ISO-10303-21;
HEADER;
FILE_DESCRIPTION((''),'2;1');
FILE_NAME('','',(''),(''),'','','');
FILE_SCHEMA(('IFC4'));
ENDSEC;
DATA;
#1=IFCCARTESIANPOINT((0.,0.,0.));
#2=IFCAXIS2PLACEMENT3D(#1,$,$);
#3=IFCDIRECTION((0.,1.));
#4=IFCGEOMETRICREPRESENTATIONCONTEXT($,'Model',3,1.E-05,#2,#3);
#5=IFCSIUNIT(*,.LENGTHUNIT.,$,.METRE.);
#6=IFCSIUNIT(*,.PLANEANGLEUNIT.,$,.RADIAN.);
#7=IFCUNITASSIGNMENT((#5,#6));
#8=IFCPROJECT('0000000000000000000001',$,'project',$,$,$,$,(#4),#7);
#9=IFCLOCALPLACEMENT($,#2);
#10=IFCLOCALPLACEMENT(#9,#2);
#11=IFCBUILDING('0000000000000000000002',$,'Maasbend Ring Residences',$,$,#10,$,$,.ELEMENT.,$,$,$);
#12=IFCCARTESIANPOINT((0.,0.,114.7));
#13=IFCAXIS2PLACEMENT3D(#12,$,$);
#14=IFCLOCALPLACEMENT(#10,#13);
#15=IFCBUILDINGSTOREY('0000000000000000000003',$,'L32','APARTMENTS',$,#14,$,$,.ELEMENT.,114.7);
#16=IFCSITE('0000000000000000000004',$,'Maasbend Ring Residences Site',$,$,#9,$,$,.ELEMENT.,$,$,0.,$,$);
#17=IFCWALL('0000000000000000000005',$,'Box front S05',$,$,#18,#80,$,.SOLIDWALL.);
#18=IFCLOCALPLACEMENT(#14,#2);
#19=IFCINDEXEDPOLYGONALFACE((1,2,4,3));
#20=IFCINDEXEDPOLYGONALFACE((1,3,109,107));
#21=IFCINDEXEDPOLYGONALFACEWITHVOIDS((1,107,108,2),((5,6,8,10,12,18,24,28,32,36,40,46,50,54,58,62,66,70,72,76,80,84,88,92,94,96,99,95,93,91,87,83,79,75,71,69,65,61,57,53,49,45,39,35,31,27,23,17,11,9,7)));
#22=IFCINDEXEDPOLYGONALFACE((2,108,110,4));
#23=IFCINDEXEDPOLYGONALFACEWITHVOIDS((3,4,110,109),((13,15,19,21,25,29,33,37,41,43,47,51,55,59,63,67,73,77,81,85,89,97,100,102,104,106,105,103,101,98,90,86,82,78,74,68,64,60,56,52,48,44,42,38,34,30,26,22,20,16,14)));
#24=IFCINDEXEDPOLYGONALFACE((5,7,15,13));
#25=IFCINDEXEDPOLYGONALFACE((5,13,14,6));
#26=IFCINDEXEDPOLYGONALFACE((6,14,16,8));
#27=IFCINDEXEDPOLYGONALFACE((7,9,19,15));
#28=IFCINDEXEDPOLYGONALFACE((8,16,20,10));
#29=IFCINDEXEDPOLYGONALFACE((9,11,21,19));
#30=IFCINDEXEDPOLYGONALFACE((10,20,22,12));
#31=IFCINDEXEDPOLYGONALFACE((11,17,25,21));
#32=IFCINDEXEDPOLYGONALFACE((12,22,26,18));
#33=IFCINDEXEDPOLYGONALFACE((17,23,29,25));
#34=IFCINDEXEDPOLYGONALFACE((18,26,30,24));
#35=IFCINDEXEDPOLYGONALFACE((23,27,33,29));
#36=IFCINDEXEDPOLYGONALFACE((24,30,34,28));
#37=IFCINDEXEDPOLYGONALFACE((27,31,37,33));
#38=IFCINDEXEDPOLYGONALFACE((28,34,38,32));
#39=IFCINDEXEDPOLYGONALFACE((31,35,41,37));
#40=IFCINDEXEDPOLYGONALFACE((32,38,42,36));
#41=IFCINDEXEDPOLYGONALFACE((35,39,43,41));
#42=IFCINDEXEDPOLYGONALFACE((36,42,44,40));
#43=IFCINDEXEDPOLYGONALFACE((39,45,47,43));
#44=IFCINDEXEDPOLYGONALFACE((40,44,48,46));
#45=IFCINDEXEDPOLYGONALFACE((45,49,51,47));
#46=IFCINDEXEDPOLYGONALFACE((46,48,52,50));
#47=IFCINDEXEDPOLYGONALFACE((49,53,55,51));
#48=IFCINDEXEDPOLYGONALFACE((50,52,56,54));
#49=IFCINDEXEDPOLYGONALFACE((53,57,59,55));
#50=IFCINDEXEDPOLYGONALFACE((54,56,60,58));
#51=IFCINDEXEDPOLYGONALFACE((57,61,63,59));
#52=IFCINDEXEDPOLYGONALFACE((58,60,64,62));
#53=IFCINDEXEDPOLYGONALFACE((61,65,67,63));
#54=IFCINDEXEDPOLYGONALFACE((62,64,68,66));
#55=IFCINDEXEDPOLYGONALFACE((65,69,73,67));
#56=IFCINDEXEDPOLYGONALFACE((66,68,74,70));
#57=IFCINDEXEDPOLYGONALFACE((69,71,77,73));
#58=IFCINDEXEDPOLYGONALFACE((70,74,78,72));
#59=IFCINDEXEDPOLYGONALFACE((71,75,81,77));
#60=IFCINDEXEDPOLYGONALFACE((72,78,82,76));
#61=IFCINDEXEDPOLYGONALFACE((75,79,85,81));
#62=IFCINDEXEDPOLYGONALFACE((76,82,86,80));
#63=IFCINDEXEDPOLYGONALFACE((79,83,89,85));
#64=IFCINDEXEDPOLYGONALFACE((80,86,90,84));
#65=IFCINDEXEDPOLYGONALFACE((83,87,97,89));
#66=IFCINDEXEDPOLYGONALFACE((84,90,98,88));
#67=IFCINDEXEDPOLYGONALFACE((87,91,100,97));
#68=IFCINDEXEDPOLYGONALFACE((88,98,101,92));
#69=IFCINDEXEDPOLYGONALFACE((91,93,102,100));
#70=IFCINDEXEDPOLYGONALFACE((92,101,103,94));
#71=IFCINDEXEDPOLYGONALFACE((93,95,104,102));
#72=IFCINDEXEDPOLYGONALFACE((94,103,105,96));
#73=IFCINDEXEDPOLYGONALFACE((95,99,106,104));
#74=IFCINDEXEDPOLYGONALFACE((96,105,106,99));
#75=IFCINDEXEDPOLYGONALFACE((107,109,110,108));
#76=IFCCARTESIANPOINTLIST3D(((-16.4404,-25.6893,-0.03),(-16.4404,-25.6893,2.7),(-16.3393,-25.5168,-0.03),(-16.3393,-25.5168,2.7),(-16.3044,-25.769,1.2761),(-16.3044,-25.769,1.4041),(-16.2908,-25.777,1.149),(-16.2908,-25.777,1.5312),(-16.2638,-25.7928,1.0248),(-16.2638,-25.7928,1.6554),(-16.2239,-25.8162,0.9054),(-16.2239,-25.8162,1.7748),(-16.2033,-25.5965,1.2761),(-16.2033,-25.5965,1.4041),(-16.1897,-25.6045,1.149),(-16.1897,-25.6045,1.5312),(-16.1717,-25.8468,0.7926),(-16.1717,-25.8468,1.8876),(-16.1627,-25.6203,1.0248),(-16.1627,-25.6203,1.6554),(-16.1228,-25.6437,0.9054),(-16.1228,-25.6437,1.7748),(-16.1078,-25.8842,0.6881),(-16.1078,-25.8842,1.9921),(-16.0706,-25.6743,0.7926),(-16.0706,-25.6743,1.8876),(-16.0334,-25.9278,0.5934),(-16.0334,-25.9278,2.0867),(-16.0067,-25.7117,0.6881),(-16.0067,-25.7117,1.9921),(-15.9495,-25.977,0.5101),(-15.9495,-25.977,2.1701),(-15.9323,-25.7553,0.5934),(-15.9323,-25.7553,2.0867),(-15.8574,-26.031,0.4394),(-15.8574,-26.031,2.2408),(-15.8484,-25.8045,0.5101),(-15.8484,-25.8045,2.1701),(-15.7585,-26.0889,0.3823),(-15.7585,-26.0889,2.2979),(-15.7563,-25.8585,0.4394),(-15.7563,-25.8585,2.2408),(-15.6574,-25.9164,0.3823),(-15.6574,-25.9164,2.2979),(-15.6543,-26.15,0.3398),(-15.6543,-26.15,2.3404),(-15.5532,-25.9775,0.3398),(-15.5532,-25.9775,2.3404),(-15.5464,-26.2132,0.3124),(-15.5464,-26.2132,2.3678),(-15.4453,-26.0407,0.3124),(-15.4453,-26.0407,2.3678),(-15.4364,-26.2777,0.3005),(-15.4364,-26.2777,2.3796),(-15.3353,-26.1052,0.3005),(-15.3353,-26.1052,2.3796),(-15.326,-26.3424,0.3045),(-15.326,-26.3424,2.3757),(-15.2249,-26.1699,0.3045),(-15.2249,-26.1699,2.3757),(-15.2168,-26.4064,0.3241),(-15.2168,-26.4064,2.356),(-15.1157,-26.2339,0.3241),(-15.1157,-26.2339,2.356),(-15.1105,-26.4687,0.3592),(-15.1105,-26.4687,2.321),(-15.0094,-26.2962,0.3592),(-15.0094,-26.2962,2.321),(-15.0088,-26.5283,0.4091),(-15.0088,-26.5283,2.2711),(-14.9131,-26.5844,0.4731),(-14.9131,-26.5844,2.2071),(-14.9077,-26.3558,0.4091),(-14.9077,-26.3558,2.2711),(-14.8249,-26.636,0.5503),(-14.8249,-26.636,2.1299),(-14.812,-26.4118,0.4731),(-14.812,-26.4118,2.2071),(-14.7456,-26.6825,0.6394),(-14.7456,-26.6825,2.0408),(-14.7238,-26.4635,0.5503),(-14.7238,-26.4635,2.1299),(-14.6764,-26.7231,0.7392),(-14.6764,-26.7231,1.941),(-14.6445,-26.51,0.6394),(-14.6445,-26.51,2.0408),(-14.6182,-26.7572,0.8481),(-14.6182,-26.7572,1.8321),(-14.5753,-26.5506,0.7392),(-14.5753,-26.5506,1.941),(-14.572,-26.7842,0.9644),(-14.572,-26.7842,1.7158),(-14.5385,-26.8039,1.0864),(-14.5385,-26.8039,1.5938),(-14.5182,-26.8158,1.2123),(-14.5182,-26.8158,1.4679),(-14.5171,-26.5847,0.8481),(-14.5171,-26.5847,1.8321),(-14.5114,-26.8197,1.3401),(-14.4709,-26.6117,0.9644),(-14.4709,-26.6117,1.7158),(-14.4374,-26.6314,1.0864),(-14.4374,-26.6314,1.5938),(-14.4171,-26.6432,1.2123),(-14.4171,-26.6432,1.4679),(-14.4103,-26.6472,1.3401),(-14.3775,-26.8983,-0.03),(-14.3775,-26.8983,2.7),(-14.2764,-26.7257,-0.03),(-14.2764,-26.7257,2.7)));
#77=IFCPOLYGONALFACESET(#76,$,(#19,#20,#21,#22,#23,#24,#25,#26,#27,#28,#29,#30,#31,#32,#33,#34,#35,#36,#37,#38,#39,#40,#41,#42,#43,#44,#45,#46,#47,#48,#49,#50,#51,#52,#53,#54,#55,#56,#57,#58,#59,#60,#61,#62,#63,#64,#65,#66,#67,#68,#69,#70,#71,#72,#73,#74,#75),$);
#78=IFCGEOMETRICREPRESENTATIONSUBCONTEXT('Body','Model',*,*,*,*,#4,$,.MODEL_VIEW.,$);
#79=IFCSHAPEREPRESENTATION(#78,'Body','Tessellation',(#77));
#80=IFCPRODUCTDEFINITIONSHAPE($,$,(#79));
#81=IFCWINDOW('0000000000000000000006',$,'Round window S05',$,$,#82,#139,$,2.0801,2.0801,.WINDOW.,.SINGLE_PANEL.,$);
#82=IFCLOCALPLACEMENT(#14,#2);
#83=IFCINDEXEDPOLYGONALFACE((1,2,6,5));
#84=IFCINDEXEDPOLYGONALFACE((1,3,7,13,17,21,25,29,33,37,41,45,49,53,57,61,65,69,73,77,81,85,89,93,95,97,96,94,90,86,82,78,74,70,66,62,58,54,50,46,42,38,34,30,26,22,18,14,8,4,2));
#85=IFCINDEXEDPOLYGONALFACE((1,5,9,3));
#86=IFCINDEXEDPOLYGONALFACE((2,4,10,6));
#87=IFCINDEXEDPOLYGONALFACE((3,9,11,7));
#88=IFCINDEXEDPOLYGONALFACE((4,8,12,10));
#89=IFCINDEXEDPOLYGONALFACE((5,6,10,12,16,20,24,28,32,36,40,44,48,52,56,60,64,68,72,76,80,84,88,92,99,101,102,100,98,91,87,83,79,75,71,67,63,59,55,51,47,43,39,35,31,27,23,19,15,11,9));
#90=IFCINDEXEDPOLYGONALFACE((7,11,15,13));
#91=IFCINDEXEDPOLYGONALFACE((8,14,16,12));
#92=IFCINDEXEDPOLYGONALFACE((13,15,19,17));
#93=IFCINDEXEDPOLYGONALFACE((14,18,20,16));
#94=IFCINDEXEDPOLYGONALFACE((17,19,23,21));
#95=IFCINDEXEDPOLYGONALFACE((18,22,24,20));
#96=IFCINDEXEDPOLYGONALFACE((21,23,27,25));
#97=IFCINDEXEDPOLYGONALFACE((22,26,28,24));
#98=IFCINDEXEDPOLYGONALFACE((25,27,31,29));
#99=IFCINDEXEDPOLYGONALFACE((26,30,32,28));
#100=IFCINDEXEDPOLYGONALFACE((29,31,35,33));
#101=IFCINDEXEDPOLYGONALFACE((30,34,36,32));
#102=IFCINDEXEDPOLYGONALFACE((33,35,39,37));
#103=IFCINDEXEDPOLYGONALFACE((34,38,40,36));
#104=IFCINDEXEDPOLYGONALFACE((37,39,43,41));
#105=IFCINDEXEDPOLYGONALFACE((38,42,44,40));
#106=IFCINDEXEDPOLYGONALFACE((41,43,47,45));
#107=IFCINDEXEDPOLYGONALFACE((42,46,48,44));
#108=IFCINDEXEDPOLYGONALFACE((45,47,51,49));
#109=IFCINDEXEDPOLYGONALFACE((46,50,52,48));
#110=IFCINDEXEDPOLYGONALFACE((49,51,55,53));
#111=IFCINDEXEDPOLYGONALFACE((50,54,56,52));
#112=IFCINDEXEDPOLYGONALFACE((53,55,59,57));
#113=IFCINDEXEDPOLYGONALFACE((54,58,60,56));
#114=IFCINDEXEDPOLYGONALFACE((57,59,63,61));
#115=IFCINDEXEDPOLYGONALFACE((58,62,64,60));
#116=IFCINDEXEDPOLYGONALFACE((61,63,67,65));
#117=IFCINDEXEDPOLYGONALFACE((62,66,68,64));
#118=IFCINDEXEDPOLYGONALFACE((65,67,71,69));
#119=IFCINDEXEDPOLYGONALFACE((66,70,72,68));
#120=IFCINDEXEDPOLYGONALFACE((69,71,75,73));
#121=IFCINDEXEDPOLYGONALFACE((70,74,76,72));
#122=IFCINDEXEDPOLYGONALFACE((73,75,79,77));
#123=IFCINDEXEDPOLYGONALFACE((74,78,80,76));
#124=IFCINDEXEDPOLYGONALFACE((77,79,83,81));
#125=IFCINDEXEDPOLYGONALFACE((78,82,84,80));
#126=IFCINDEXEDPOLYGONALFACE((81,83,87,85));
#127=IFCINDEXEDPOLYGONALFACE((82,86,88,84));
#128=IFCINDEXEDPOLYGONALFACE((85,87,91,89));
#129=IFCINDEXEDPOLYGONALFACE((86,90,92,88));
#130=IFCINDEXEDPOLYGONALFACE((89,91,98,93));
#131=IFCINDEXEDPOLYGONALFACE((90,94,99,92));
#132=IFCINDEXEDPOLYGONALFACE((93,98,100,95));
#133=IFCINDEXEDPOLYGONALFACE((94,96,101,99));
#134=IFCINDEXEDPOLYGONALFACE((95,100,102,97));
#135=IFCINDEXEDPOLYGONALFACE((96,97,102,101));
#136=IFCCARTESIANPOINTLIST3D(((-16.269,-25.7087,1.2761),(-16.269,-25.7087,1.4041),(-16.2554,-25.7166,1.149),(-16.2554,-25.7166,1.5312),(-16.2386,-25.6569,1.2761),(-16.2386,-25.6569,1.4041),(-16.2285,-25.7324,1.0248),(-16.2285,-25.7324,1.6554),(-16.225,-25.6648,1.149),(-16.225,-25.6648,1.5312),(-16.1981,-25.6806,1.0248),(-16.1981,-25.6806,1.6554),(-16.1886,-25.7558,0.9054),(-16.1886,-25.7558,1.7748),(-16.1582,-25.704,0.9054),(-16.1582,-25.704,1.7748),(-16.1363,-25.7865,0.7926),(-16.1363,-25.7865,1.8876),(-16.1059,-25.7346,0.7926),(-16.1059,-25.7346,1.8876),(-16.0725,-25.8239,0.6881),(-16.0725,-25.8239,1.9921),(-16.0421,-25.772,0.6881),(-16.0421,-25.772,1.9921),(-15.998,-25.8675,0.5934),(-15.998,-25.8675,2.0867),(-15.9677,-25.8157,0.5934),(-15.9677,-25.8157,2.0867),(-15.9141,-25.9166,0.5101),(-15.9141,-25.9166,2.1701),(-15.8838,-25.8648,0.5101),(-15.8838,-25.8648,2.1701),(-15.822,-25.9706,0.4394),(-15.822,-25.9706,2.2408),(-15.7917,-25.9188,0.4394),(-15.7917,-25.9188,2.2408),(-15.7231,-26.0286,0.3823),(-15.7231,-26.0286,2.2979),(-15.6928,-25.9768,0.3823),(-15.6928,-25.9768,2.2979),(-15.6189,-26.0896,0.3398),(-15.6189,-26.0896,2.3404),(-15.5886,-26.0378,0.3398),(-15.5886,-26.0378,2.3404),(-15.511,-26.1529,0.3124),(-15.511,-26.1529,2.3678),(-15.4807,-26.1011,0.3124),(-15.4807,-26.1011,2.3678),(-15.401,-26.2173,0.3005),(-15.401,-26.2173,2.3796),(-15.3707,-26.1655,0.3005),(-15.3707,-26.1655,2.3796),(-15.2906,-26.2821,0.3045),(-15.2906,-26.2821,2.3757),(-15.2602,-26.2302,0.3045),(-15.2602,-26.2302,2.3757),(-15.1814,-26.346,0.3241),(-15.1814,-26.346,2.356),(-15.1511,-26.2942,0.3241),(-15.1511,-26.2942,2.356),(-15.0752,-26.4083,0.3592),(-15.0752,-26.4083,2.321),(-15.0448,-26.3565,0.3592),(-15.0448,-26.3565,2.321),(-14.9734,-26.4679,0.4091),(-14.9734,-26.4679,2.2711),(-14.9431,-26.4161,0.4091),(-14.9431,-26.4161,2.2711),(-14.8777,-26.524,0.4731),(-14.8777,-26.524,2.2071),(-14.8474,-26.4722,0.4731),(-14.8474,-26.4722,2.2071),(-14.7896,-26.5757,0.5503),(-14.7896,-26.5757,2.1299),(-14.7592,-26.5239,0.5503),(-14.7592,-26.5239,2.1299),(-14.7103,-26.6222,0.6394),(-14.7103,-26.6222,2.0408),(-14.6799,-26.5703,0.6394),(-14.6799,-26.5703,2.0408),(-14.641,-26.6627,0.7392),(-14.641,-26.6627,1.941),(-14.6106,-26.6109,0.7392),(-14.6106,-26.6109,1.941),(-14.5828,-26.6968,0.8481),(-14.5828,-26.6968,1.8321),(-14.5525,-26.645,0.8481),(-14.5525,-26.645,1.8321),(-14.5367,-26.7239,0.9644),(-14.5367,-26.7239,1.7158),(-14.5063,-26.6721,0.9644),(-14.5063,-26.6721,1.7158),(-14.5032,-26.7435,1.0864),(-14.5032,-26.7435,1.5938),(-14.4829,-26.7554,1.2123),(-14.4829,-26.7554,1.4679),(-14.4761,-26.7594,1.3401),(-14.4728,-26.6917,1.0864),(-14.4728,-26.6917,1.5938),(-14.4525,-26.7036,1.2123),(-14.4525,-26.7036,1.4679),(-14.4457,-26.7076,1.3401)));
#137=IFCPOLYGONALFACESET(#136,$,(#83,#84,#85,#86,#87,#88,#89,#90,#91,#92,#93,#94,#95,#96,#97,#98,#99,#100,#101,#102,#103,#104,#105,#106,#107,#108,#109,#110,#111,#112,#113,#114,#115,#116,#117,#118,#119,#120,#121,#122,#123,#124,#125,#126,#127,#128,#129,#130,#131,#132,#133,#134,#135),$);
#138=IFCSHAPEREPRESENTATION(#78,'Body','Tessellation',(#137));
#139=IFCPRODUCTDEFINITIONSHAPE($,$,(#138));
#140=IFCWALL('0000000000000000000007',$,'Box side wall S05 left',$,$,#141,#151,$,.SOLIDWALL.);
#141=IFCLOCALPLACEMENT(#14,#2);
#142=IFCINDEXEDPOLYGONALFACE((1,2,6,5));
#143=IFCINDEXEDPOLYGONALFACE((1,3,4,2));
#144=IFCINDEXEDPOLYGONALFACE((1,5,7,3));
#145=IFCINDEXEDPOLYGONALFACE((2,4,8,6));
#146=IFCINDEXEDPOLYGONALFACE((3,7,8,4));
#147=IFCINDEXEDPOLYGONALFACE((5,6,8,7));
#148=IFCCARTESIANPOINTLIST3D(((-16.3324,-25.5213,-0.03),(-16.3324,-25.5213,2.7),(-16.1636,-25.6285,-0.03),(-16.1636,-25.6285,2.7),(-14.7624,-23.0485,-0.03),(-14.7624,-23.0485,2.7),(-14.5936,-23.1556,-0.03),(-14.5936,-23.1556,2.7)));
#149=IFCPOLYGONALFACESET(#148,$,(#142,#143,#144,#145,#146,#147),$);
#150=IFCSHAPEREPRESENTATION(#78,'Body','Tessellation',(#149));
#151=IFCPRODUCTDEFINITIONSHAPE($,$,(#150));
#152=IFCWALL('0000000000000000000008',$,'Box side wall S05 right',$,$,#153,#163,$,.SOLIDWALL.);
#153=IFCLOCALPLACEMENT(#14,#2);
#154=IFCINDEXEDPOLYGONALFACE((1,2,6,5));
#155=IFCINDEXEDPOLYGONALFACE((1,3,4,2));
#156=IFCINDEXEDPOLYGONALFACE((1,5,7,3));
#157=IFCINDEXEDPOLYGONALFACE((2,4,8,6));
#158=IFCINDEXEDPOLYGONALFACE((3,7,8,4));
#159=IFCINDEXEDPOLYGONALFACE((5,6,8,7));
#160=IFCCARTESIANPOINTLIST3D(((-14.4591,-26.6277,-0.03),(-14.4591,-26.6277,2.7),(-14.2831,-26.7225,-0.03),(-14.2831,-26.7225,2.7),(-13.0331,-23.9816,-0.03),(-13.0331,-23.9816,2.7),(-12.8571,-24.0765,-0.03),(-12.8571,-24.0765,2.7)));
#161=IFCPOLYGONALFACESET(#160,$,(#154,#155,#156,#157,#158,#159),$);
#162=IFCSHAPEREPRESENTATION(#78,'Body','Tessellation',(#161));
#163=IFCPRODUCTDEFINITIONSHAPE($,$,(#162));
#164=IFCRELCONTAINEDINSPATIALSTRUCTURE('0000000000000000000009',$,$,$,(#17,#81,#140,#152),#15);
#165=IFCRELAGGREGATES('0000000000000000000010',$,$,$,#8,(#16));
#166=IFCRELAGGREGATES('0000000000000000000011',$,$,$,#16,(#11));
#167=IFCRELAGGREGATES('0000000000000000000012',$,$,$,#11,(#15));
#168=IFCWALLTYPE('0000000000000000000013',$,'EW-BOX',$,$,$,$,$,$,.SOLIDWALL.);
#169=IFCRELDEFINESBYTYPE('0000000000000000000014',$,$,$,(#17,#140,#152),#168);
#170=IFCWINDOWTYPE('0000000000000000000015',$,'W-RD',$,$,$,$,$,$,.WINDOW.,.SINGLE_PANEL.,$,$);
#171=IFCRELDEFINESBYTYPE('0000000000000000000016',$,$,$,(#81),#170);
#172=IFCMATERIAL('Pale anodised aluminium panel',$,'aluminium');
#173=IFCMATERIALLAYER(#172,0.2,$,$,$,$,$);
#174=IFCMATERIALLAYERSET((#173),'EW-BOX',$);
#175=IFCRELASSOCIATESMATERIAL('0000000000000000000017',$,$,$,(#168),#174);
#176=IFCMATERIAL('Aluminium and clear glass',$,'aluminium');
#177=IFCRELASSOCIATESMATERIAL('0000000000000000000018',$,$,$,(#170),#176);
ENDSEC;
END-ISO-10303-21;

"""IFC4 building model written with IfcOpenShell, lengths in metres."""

from ifc_helpers import new_model, si_unit, direction, frame, frame_2d, origin, place, context, subcontext, project, spatial, rectangle, circle, extrude, material, layer, layer_set, type_object, element, fill, save


model = new_model("IFC4")

# Units and contexts
model_context = context("Model", 3, precision=1e-05, world=origin(), true_north=direction((0.0, 1.0)))
body_context = subcontext(model_context, "Body", "Model", "MODEL_VIEW")
ifc_project = project(units=[si_unit("LENGTHUNIT", "METRE"), si_unit("PLANEANGLEUNIT", "RADIAN")], contexts=[model_context])

# Site, building, storey
site_placement = place(None, origin())
site = spatial("IfcSite", under=ifc_project, at=site_placement, Name="Maasbend Ring Residences Site", CompositionType="ELEMENT", RefElevation=0.0)
building_placement = place(site_placement, origin())
building = spatial("IfcBuilding", under=site, at=building_placement, Name="Maasbend Ring Residences", CompositionType="ELEMENT")
storey_placement = place(building_placement, frame((0.0, 0.0, 114.7)))
storey = spatial("IfcBuildingStorey", under=building, at=storey_placement, Name="L32", Description="APARTMENTS", CompositionType="ELEMENT", Elevation=114.7)

# Shared definitions
ifc_material_1 = material(Name="Pale anodised aluminium panel", Category="aluminium")
ifc_layer_1 = layer(ifc_material_1, 0.2)
ifc_layer_set_1 = layer_set([ifc_layer_1], Name="EW-BOX")
wall_type_1 = type_object("IfcWallType", Name="EW-BOX", PredefinedType="SOLIDWALL", material=ifc_layer_set_1)
ifc_material_2 = material(Name="Aluminium and clear glass", Category="aluminium")
window_type_1 = type_object("IfcWindowType", Name="W-RD", PartitioningType="SINGLE_PANEL", PredefinedType="WINDOW", material=ifc_material_2)

# Wall, opening, window
wall_1_placement = place(storey_placement, frame((-16.3899, -25.603, -0.03), z_axis=(0.0, 0.0, 1.0), x_axis=(0.862762, -0.505609, 0.0)))
wall_1 = element("IfcWall", 1, at=wall_1_placement, inside=storey, type_object=wall_type_1, Name="Box front S05", PredefinedType="SOLIDWALL", context=body_context, shape_type="SweptSolid", body=[
    extrude(rectangle(XDim=2.3911, YDim=0.2, at=frame_2d((1.1956, 0.0))), origin(), (0.0, 0.0, 1.0), 2.73),
])
opening_1_placement = place(wall_1_placement, frame((0.1558, 0.0, 0.3301)))
opening_1 = element("IfcOpeningElement", 2, at=opening_1_placement, cuts=wall_1, PredefinedType="OPENING", context=body_context, shape_type="SweptSolid", body=[
    extrude(circle(Radius=1.04, at=frame_2d((1.04, 1.04))), frame((0.0, 0.1099, 0.0), z_axis=(0.0, -1.0, 0.0), x_axis=(1.0, 0.0, 0.0)), (0.0, 0.0, 1.0), 0.22),
])
window_1_placement = place(opening_1_placement, origin())
window_1 = element("IfcWindow", 3, at=window_1_placement, inside=storey, type_object=window_type_1, Name="Round window S05", OverallHeight=2.0801, OverallWidth=2.0801, PartitioningType="SINGLE_PANEL", PredefinedType="WINDOW", context=body_context, shape_type="SweptSolid", body=[
    extrude(circle(Radius=1.04, at=frame_2d((1.04, 1.04))), frame((0.0, 0.03, 0.0), z_axis=(0.0, -1.0, 0.0), x_axis=(1.0, 0.0, 0.0)), (0.0, 0.0, 1.0), 0.0601),
])
fill(opening_1, window_1)

# Walls
wall_2_placement = place(storey_placement, frame((-14.678, -23.1021, -0.03), z_axis=(0.0, 0.0, 1.0), x_axis=(-0.536002, -0.844217, 0.0)))
element("IfcWall", 4, at=wall_2_placement, inside=storey, type_object=wall_type_1, Name="Box side wall S05 left", PredefinedType="SOLIDWALL", context=body_context, shape_type="SweptSolid", body=[
    extrude(rectangle(XDim=2.9292, YDim=0.2, at=frame_2d((1.4646, 0.0))), origin(), (0.0, 0.0, 1.0), 2.73),
])
wall_3_placement = place(storey_placement, frame((-12.9451, -24.0291, -0.03), z_axis=(0.0, 0.0, 1.0), x_axis=(-0.474424, -0.880296, 0.0)))
element("IfcWall", 5, at=wall_3_placement, inside=storey, type_object=wall_type_1, Name="Box side wall S05 right", PredefinedType="SOLIDWALL", context=body_context, shape_type="SweptSolid", body=[
    extrude(rectangle(XDim=3.0059, YDim=0.2, at=frame_2d((1.5029, 0.0))), origin(), (0.0, 0.0, 1.0), 2.73),
])

save(model, "model.ifc")
